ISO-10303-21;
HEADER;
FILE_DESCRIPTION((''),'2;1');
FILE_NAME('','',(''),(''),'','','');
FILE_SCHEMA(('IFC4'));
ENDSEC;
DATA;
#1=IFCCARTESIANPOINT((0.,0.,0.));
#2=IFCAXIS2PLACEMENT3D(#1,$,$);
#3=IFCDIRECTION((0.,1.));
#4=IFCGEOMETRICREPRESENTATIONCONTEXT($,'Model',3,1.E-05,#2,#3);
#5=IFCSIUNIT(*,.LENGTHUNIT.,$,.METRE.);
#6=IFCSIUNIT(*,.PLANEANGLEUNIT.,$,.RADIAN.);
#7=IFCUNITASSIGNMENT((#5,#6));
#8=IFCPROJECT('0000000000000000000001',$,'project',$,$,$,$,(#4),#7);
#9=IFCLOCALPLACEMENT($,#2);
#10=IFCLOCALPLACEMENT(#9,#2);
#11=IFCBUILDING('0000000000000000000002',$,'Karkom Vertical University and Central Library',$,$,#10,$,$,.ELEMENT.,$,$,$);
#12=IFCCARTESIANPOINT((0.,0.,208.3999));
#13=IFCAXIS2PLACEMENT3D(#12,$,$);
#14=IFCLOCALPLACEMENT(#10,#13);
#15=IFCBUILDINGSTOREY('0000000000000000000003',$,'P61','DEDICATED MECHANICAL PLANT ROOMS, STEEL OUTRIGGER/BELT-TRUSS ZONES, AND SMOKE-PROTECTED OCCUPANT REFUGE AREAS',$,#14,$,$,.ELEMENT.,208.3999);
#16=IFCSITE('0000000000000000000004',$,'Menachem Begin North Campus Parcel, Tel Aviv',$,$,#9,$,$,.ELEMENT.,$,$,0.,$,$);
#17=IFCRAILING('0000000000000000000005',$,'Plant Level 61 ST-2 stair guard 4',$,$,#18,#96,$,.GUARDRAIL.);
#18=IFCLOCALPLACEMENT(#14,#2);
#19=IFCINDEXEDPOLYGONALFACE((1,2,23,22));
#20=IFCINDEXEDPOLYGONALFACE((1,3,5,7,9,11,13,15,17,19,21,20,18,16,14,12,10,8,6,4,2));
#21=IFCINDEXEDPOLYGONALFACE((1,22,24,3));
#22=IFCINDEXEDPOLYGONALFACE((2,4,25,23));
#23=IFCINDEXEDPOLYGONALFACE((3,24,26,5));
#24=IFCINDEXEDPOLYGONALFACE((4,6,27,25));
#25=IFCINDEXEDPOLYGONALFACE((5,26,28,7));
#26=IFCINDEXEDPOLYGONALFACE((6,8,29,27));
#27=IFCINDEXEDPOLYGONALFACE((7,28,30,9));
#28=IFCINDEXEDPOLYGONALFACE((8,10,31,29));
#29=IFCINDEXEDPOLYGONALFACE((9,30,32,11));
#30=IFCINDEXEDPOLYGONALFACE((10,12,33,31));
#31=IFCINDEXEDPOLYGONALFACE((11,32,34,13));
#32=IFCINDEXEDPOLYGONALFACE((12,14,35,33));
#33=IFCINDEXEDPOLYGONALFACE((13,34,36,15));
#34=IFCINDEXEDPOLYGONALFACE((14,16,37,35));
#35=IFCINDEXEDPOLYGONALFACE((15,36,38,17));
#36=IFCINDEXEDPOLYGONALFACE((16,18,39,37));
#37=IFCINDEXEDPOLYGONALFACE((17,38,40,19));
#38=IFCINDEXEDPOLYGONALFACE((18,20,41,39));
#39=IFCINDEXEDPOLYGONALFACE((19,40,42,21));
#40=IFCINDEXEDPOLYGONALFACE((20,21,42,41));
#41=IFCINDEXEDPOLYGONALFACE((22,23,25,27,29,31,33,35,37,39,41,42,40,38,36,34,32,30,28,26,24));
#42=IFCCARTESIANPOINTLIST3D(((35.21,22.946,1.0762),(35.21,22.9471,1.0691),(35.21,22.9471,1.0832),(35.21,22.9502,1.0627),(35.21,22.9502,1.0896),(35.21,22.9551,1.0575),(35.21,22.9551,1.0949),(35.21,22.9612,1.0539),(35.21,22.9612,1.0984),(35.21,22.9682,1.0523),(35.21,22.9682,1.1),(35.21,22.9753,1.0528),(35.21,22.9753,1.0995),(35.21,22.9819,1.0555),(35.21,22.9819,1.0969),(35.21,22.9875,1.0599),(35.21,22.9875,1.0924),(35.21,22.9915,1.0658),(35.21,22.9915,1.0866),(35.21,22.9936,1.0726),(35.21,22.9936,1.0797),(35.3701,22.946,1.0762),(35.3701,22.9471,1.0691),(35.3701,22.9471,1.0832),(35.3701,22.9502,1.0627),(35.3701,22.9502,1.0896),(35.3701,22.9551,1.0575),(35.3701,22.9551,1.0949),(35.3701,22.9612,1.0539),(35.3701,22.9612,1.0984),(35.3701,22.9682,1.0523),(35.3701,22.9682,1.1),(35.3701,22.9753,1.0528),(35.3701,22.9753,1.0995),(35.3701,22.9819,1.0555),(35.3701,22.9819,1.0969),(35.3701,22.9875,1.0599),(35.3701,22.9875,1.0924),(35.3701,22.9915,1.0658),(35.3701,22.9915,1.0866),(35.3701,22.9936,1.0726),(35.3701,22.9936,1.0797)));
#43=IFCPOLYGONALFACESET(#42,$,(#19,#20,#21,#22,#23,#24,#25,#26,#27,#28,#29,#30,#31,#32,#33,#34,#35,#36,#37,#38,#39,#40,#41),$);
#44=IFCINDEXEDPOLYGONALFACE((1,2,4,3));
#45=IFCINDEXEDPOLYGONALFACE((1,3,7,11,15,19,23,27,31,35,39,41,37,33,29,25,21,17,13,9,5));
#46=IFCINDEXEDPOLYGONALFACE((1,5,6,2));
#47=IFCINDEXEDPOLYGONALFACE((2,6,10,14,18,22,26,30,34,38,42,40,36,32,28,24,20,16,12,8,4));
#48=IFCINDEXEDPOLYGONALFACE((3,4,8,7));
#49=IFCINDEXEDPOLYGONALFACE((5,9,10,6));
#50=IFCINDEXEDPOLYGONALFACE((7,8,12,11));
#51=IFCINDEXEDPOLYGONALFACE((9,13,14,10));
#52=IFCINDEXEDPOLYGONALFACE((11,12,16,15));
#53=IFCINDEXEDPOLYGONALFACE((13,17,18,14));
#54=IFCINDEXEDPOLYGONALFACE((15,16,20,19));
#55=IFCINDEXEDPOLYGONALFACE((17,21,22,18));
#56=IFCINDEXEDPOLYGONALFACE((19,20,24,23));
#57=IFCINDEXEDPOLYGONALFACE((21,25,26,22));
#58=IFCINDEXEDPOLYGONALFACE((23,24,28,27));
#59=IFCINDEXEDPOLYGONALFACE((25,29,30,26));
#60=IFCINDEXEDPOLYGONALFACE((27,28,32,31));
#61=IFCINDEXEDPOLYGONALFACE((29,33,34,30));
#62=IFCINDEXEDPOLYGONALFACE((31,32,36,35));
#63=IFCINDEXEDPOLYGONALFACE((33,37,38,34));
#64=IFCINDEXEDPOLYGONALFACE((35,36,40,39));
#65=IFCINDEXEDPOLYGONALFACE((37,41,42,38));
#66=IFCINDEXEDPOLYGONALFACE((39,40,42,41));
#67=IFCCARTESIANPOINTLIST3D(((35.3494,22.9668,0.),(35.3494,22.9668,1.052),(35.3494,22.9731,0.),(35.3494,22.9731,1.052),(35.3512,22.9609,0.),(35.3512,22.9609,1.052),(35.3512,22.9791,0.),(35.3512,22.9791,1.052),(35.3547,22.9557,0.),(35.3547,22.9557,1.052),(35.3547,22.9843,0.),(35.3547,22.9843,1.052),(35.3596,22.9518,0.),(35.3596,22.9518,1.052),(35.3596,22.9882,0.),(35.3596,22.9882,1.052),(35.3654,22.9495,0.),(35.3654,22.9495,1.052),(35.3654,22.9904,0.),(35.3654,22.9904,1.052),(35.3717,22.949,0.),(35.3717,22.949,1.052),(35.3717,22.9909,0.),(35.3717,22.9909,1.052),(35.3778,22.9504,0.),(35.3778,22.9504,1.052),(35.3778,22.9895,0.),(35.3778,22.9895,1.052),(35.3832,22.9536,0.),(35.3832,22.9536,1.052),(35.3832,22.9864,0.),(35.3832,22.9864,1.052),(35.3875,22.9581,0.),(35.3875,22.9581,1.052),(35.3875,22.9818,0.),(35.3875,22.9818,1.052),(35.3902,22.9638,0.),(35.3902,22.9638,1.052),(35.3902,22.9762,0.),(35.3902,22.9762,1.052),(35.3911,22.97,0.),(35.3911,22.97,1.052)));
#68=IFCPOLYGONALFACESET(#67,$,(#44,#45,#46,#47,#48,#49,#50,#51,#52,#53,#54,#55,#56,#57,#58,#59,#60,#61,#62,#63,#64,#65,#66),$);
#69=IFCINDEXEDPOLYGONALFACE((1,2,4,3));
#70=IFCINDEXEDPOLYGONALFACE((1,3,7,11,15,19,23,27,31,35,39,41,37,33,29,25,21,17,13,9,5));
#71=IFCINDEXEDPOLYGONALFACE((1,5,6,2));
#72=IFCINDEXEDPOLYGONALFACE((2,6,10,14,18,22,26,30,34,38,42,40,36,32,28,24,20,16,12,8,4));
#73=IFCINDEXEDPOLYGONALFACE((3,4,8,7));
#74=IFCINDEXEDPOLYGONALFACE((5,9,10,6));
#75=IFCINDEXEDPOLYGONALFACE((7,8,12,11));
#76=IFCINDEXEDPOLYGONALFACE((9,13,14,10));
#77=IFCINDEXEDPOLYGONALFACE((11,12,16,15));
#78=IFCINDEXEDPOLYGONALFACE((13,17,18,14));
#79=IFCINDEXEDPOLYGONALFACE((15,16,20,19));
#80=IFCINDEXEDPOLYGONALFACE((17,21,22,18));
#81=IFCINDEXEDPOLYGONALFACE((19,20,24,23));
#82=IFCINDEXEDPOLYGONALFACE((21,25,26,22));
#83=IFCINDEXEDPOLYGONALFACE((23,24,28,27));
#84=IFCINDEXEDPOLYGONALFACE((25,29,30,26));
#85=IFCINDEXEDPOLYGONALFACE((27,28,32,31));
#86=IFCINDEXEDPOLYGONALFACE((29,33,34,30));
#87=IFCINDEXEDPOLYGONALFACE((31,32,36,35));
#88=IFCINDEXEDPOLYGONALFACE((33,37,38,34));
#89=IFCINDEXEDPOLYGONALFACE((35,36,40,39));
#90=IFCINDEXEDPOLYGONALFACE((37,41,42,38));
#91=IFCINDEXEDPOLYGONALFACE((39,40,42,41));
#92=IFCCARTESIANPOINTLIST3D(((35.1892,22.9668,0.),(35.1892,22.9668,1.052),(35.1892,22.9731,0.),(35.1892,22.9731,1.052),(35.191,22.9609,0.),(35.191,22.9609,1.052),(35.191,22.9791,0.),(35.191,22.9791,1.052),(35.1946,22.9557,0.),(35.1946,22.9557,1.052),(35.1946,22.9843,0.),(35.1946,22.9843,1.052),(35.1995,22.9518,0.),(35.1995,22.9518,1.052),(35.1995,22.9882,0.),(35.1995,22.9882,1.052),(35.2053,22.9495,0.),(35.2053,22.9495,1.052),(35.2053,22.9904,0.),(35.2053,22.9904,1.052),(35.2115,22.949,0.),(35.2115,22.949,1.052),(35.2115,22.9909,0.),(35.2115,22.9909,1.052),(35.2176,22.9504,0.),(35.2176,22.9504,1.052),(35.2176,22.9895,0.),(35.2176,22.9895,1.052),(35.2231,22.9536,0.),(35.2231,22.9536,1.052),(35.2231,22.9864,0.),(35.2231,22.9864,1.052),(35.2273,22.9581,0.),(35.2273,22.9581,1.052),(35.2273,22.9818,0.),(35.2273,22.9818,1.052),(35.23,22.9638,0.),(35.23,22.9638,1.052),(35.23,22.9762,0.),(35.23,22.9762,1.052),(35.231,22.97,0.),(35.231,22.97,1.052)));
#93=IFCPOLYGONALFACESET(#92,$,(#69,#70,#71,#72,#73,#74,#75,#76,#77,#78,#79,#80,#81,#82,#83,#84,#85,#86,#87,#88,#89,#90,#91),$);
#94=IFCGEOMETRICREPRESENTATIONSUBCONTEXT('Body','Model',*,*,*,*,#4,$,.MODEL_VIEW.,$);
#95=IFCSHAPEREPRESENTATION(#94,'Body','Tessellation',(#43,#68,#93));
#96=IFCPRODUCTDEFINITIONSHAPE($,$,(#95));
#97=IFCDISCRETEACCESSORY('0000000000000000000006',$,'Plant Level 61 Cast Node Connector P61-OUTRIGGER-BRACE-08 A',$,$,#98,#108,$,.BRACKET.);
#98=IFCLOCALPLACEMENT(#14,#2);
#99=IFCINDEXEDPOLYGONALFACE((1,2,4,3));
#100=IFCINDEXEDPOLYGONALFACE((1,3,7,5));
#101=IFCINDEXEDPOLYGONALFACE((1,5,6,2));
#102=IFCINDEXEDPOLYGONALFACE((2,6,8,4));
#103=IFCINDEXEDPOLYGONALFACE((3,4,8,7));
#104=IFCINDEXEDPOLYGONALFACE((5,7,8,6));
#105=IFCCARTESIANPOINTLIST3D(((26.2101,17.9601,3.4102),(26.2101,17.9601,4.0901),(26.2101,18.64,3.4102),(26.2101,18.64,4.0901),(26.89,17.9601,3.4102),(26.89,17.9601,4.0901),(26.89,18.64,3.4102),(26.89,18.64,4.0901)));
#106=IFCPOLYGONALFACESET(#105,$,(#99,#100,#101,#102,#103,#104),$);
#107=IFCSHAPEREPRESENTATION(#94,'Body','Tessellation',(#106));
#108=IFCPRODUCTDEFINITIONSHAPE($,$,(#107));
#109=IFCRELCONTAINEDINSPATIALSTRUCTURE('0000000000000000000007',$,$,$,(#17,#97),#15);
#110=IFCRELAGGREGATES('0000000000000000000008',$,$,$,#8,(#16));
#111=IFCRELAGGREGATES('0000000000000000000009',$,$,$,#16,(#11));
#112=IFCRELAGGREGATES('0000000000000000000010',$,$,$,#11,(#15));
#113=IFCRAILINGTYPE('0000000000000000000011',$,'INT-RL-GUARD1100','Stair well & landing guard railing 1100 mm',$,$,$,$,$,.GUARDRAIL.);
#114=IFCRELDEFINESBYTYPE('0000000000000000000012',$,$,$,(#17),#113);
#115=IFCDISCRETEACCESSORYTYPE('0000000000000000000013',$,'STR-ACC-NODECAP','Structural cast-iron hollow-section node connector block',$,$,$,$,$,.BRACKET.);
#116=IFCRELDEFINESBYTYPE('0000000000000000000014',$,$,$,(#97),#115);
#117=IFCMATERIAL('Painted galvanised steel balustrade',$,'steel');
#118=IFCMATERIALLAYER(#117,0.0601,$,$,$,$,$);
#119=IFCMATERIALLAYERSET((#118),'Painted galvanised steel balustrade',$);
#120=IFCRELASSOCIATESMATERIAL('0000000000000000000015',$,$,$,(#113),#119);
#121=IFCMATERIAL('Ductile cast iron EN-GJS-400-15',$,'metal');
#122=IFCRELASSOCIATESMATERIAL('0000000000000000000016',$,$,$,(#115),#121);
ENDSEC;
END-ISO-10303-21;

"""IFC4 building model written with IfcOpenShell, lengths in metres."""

from ifc_helpers import new_model, si_unit, direction, frame, origin, origin_with_axes, origin_2d, place, context, subcontext, project, spatial, rectangle, circle, extrude, source, transform, mapped, material, layer, layer_set, type_object, element, save


model = new_model("IFC4")

# Units and contexts
model_context = context("Model", 3, precision=1e-05, world=origin(), true_north=direction((0.0, 1.0)))
body_context = subcontext(model_context, "Body", "Model", "MODEL_VIEW")
ifc_project = project(units=[si_unit("LENGTHUNIT", "METRE"), si_unit("PLANEANGLEUNIT", "RADIAN")], contexts=[model_context])

# Site, building, storey
site_placement = place(None, origin())
site = spatial("IfcSite", under=ifc_project, at=site_placement, Name="Menachem Begin North Campus Parcel, Tel Aviv", CompositionType="ELEMENT", RefElevation=0.0)
building_placement = place(site_placement, origin())
building = spatial("IfcBuilding", under=site, at=building_placement, Name="Karkom Vertical University and Central Library", CompositionType="ELEMENT")
storey_placement = place(building_placement, frame((0.0, 0.0, 208.3999)))
storey = spatial("IfcBuildingStorey", under=building, at=storey_placement, Name="P61", Description="DEDICATED MECHANICAL PLANT ROOMS, STEEL OUTRIGGER/BELT-TRUSS ZONES, AND SMOKE-PROTECTED OCCUPANT REFUGE AREAS", CompositionType="ELEMENT", Elevation=208.3999)

# Railing
ifc_material_1 = material(Name="Painted galvanised steel balustrade", Category="steel")
ifc_layer_1 = layer(ifc_material_1, 0.0601)
ifc_layer_set_1 = layer_set([ifc_layer_1], Name="Painted galvanised steel balustrade")
railing_type = type_object("IfcRailingType", Name="INT-RL-GUARD1100", Description="Stair well & landing guard railing 1100 mm", PredefinedType="GUARDRAIL", material=ifc_layer_set_1)
railing_placement = place(storey_placement, frame((35.3701, 22.97, 0.0)))
element("IfcRailing", 1, at=railing_placement, inside=storey, type_object=railing_type, Name="Plant Level 61 ST-2 stair guard 4", PredefinedType="GUARDRAIL", context=body_context, shape_type="SweptSolid", body=[
    extrude(circle(Radius=0.0239, at=origin_2d()), frame((0.0, 0.0, 1.0762), z_axis=(-1.0, 0.0, 0.0), x_axis=(0.0, -1.0, 0.0)), (0.0, 0.0, 1.0), 0.1602),
    extrude(circle(Radius=0.021, at=origin_2d()), origin(), (0.0, 0.0, 1.0), 1.052),
    extrude(circle(Radius=0.021, at=origin_2d()), frame((-0.1602, 0.0, 0.0)), (0.0, 0.0, 1.0), 1.052),
])

# Discrete accessory
ifc_material_2 = material(Name="Ductile cast iron EN-GJS-400-15", Category="metal")
discrete_accessory_type = type_object("IfcDiscreteAccessoryType", Name="STR-ACC-NODECAP", Description="Structural cast-iron hollow-section node connector block", PredefinedType="BRACKET", material=ifc_material_2)
shared_shape_1 = source(origin_with_axes(), body_context, "Body", "SweptSolid", [
    extrude(rectangle(XDim=0.6799, YDim=0.6799, at=origin_2d()), origin(), (0.0, 0.0, 1.0), 0.6799),
])
discrete_accessory_placement = place(storey_placement, frame((26.55, 18.3, 3.4102), z_axis=(0.0, 0.0, 1.0), x_axis=(1.0, 0.0, 0.0)))
element("IfcDiscreteAccessory", 2, at=discrete_accessory_placement, inside=storey, type_object=discrete_accessory_type, Name="Plant Level 61 Cast Node Connector P61-OUTRIGGER-BRACE-08 A", PredefinedType="BRACKET", context=body_context, shape_type="MappedRepresentation", body=[
    mapped(shared_shape_1, transform((0.0, 0.0, 0.0), scale=1.0)),
])

save(model, "model.ifc")
